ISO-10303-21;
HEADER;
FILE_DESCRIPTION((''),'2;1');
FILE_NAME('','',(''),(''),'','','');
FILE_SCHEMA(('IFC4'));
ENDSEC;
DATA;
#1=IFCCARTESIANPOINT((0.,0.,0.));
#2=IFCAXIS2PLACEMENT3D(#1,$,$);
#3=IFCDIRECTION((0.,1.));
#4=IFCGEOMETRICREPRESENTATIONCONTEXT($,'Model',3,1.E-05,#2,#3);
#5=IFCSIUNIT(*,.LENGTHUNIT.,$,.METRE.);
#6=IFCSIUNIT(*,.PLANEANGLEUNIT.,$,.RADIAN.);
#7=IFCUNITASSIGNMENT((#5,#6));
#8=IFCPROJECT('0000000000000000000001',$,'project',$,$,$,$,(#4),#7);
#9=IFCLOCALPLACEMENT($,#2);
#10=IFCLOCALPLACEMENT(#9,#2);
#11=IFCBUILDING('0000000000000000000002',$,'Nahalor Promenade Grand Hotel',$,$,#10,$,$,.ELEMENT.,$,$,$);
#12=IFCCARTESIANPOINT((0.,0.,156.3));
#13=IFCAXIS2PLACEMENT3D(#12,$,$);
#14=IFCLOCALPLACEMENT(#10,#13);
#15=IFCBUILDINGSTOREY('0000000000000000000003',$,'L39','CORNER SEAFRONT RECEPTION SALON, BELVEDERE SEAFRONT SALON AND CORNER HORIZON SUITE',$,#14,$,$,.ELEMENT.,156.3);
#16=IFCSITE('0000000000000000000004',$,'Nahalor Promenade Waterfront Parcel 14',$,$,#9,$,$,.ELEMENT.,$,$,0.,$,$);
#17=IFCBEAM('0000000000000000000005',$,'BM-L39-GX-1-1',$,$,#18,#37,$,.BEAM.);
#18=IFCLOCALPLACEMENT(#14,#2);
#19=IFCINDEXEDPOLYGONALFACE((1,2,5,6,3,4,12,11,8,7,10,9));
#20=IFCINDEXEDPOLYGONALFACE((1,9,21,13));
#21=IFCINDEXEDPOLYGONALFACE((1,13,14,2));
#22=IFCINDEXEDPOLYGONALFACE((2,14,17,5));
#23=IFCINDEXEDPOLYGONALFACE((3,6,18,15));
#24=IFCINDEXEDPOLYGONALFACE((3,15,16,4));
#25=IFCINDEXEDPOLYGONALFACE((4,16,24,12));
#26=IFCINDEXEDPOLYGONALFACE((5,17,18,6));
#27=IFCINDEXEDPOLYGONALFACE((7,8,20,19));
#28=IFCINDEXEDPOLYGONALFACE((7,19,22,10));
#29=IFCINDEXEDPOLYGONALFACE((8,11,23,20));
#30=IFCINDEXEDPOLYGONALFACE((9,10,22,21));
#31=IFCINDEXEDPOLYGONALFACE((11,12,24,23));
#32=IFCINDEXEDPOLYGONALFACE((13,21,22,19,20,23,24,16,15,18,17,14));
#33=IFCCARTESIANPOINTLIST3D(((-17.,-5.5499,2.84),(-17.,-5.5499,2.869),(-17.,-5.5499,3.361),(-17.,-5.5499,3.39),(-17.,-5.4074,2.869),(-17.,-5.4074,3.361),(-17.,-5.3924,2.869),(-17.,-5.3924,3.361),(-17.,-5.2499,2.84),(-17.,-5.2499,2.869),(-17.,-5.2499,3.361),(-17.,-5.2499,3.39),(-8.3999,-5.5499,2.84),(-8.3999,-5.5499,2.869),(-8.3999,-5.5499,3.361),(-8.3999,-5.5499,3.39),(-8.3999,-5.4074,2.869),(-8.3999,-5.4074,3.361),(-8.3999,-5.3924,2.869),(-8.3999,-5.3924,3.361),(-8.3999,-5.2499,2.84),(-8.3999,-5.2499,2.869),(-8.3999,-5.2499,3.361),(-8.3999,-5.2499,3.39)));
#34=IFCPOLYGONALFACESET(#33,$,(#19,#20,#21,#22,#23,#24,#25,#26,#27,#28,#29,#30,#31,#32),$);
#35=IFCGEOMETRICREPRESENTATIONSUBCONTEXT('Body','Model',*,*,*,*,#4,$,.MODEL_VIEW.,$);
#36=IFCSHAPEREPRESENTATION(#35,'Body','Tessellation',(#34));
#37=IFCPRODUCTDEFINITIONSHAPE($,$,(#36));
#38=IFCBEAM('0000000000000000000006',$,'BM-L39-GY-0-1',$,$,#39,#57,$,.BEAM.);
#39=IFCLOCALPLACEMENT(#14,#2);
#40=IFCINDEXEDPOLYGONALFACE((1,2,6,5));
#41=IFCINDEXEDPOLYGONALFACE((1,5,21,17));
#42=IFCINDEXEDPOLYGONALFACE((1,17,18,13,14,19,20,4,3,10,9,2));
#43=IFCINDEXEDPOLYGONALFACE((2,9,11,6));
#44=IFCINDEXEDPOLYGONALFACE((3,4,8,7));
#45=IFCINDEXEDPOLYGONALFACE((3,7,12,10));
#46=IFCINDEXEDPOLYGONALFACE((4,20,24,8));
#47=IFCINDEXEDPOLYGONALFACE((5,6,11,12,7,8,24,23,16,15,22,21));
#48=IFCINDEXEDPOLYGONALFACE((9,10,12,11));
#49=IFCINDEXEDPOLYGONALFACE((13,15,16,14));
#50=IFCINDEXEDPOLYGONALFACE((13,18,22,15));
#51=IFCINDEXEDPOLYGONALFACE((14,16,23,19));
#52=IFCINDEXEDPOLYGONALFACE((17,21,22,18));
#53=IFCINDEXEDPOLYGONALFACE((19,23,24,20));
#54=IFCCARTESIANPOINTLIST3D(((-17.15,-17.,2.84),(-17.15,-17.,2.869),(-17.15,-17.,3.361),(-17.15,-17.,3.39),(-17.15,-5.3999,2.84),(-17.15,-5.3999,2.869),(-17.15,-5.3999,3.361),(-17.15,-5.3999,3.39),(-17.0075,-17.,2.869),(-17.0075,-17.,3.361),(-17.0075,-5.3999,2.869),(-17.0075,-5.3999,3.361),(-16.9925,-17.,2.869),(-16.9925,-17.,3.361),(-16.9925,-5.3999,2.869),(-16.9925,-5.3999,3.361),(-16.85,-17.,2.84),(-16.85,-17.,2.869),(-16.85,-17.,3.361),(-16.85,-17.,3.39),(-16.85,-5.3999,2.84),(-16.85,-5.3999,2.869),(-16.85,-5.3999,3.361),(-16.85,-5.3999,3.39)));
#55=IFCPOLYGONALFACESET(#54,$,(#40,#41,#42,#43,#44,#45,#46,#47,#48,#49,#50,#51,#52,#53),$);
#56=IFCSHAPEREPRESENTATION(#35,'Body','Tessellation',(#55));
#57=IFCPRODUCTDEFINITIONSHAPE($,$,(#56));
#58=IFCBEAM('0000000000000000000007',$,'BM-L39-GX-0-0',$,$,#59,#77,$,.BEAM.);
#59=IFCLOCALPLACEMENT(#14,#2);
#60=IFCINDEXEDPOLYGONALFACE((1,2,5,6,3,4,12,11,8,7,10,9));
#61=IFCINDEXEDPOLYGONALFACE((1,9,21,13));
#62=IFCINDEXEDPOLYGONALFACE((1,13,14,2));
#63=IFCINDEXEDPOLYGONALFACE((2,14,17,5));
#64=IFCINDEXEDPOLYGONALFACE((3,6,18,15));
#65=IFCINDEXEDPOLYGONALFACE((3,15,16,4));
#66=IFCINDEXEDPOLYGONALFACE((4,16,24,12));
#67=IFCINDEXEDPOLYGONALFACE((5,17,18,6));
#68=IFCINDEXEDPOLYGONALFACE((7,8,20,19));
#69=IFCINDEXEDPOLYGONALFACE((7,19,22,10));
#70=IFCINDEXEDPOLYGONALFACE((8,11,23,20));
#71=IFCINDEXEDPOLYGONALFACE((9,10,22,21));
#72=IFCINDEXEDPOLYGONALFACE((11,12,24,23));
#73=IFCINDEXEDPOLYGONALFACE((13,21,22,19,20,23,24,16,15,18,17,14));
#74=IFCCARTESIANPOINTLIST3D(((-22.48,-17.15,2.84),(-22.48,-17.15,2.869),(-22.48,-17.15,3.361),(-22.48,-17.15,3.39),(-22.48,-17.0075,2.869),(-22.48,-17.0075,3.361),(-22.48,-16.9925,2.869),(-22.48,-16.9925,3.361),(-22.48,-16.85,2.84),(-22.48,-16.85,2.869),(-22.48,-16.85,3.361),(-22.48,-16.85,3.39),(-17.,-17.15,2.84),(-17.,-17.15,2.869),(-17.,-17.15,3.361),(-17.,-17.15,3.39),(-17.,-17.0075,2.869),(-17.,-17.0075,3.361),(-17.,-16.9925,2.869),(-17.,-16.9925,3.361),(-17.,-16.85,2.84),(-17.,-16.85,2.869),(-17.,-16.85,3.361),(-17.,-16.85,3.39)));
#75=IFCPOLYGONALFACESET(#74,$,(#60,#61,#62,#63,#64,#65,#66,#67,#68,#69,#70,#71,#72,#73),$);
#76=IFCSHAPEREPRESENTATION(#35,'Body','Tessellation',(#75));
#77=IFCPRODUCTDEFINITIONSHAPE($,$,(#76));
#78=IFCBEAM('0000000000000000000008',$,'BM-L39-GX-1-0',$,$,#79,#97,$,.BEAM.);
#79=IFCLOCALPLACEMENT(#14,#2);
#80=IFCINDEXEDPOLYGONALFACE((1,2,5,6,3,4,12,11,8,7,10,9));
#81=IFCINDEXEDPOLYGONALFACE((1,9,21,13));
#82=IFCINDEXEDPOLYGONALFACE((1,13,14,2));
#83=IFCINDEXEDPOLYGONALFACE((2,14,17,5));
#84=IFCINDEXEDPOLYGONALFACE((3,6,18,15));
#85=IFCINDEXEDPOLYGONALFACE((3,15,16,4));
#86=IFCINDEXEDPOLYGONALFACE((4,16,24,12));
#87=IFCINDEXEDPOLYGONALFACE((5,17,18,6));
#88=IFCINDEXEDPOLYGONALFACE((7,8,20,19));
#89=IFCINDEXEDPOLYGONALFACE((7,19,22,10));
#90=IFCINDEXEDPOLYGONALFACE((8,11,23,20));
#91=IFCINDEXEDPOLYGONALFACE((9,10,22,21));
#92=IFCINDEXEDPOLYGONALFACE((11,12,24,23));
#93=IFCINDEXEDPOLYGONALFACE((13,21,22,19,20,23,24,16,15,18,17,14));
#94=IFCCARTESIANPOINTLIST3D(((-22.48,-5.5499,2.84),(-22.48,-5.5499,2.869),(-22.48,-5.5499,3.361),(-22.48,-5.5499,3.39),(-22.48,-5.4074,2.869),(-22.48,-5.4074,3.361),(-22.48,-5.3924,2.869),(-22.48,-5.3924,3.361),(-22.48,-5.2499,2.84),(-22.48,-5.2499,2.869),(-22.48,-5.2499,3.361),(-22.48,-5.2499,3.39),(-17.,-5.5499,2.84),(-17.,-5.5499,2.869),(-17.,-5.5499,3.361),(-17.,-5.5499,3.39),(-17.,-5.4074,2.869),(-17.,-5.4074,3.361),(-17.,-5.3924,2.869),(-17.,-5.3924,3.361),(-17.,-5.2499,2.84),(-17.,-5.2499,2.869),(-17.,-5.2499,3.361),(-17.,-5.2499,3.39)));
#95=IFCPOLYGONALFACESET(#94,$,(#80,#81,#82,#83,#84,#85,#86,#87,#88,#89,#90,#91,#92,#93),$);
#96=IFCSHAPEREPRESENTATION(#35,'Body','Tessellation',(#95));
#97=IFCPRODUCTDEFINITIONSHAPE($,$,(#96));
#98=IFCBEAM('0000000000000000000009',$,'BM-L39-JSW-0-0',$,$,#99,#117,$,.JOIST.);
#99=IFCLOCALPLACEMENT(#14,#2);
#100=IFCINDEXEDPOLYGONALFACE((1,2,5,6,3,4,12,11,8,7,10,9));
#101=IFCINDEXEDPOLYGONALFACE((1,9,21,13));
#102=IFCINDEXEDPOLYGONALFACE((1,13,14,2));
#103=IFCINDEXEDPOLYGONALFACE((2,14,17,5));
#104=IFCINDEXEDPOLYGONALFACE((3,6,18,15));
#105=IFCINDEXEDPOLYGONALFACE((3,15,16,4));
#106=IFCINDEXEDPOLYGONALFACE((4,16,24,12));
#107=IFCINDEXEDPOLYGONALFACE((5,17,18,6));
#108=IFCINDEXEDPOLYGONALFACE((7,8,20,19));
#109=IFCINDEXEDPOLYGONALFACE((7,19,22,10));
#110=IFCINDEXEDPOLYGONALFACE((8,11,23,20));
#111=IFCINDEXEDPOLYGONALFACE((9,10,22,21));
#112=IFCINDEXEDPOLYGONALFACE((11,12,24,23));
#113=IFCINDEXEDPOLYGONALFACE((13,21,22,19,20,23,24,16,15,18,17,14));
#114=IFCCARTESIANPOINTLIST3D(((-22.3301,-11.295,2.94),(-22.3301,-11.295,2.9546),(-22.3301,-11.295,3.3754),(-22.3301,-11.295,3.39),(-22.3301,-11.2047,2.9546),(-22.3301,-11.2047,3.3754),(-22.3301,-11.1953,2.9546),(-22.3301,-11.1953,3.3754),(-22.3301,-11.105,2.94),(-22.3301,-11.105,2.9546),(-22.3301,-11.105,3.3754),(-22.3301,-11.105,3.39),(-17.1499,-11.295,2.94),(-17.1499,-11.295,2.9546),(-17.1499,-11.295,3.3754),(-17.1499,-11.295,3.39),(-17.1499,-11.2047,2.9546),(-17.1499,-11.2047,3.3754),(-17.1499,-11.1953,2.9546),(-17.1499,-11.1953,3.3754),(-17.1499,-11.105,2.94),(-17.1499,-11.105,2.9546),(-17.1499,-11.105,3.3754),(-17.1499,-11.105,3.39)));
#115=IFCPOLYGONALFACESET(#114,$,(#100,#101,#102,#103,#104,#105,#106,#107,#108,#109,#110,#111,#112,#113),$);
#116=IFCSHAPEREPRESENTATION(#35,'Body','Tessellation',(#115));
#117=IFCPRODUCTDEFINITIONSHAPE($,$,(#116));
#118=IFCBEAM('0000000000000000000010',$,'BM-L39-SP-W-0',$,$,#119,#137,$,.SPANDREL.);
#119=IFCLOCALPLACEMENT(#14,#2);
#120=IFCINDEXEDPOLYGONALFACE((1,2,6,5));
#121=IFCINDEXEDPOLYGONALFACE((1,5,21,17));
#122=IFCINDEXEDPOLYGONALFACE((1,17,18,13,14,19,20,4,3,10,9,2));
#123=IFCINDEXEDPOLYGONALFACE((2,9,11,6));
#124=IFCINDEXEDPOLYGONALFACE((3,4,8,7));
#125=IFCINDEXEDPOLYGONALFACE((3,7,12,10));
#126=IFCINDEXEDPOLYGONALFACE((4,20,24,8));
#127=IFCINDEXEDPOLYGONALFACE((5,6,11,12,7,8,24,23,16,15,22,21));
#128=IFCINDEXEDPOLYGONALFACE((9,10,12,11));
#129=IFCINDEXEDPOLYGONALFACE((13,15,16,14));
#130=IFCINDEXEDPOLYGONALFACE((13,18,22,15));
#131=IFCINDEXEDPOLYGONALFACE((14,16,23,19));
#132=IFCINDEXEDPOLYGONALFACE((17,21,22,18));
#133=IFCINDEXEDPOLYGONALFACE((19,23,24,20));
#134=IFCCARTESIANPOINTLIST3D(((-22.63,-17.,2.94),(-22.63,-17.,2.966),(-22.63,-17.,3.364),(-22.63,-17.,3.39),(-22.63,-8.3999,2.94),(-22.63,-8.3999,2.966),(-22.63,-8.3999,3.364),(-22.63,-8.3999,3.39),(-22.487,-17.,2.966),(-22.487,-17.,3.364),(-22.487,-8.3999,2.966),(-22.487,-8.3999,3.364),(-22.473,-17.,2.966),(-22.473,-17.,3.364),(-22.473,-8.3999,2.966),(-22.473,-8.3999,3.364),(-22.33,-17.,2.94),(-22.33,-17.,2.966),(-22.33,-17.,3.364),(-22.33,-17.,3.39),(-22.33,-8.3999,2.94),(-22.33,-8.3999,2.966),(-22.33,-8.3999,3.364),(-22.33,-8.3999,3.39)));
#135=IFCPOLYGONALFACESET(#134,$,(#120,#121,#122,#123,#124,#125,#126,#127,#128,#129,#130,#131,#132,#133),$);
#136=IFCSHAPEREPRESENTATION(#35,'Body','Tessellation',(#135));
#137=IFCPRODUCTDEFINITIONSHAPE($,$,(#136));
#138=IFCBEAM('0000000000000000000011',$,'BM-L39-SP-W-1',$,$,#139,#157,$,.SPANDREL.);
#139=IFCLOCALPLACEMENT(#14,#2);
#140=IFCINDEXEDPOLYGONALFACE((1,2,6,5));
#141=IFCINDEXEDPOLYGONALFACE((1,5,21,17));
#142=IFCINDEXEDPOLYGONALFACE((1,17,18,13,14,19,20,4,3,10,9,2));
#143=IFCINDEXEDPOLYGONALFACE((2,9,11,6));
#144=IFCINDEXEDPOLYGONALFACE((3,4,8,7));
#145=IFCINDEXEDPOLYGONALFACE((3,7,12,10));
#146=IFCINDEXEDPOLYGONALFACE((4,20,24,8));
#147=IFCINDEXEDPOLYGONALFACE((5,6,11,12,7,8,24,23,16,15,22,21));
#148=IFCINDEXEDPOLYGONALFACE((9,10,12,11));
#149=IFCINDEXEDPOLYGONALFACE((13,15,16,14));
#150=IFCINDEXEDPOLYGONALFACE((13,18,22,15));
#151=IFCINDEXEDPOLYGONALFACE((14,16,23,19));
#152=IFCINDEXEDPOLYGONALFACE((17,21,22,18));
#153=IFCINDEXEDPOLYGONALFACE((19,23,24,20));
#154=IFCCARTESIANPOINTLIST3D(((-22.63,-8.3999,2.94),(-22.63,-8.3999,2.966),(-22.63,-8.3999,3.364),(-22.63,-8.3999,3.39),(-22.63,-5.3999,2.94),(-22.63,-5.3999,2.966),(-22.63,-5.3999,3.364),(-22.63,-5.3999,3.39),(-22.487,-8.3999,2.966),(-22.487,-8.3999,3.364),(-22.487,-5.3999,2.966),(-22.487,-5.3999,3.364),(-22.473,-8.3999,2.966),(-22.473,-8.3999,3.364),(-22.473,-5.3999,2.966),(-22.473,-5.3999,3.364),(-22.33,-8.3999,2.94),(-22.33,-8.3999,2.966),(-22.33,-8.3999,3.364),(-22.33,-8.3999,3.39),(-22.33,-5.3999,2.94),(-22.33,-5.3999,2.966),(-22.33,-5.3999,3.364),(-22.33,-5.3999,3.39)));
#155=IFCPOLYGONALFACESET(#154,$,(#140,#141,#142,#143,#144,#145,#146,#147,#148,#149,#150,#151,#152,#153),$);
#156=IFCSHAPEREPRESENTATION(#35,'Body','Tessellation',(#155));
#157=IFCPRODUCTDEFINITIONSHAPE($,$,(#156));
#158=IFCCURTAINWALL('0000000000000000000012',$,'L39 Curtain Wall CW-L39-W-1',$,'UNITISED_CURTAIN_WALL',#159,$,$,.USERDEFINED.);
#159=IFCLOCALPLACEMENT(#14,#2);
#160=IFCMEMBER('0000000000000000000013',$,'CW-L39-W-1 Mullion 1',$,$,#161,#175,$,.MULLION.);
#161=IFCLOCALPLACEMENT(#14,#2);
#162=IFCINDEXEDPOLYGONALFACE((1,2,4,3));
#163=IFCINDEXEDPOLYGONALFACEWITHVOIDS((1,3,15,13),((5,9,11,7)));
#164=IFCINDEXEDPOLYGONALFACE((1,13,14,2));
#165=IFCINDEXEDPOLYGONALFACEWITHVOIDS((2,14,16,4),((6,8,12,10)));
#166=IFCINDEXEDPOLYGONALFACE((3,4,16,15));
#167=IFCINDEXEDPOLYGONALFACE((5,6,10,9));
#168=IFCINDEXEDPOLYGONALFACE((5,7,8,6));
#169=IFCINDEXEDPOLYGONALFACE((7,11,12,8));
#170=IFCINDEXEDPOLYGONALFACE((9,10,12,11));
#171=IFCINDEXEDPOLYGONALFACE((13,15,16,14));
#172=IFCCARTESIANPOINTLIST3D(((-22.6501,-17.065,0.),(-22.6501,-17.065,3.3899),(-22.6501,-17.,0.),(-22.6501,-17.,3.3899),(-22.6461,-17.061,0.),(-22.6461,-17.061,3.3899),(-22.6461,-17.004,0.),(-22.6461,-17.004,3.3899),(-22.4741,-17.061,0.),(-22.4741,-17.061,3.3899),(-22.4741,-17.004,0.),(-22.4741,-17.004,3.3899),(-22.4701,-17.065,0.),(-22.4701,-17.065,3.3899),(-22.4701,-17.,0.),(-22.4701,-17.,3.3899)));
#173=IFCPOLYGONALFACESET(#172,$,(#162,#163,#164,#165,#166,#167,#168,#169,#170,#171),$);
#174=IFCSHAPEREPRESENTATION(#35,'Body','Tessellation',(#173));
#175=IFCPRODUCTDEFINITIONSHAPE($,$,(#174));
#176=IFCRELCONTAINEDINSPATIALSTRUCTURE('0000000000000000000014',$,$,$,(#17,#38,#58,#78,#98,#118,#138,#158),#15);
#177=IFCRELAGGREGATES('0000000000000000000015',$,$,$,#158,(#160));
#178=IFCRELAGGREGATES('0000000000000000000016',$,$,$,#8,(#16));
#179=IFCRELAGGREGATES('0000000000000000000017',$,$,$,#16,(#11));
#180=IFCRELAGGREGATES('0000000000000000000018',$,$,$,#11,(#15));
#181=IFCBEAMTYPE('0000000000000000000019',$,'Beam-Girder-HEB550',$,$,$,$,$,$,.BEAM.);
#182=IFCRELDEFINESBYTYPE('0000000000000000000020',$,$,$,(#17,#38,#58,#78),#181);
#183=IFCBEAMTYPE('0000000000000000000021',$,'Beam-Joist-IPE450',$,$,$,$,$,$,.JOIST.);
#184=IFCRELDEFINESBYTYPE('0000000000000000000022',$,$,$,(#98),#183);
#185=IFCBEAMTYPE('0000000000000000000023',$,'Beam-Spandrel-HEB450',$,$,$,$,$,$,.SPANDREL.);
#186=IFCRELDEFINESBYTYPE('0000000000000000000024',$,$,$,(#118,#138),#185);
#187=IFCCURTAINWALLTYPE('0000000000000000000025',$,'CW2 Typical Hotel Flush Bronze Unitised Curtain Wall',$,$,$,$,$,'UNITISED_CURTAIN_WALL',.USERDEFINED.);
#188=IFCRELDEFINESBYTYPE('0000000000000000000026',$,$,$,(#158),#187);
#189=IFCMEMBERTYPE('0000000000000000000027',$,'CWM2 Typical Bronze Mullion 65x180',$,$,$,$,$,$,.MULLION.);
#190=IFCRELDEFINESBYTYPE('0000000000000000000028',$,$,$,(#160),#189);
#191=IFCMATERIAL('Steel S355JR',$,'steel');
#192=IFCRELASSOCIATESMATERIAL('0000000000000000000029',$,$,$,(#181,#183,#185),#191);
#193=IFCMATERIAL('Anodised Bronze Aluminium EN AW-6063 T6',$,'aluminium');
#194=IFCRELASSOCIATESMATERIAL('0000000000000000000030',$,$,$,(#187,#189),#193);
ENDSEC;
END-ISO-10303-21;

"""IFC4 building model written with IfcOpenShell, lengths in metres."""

from ifc_helpers import new_model, si_unit, direction, frame, origin, origin_2d, place, context, subcontext, project, spatial, hollow_rectangle, i_section, extrude, source, transform, mapped, material, material_profile, profile_set, type_object, element, aggregate, save


model = new_model("IFC4")

# Units and contexts
model_context = context("Model", 3, precision=1e-05, world=origin(), true_north=direction((0.0, 1.0)))
body_context = subcontext(model_context, "Body", "Model", "MODEL_VIEW")
ifc_project = project(units=[si_unit("LENGTHUNIT", "METRE"), si_unit("PLANEANGLEUNIT", "RADIAN")], contexts=[model_context])

# Site, building, storey
site_placement = place(None, origin())
site = spatial("IfcSite", under=ifc_project, at=site_placement, Name="Nahalor Promenade Waterfront Parcel 14", CompositionType="ELEMENT", RefElevation=0.0)
building_placement = place(site_placement, origin())
building = spatial("IfcBuilding", under=site, at=building_placement, Name="Nahalor Promenade Grand Hotel", CompositionType="ELEMENT")
storey_placement = place(building_placement, frame((0.0, 0.0, 156.3)))
storey = spatial("IfcBuildingStorey", under=building, at=storey_placement, Name="L39", Description="CORNER SEAFRONT RECEPTION SALON, BELVEDERE SEAFRONT SALON AND CORNER HORIZON SUITE", CompositionType="ELEMENT", Elevation=156.3)

# Beams
ifc_material_1 = material(Name="Steel S355JR", Category="steel")
ifc_material_profile_1 = material_profile(ifc_material_1, i_section(OverallWidth=0.3, OverallDepth=0.55, WebThickness=0.015, FlangeThickness=0.029, at=origin_2d()), Name="HEB 550")
ifc_profile_set_1 = profile_set([ifc_material_profile_1], Name="Steel S355JR")
beam_type_1 = type_object("IfcBeamType", Name="Beam-Girder-HEB550", PredefinedType="BEAM", material=ifc_profile_set_1)
shared_shape_1 = source(origin(), body_context, "Body", "SweptSolid", [
    extrude(i_section(OverallWidth=0.3, OverallDepth=0.55, WebThickness=0.015, FlangeThickness=0.029, at=origin_2d()), origin(), (0.0, 0.0, 1.0), 8.6001),
])
for number, where, z_axis, x_axis, name in (
    (1, (-17.0, -5.3999, 3.115), (1.0, 0.0, 0.0), (0.0, 1.0, 0.0), "BM-L39-GX-1-1"),
):
    element("IfcBeam", number, at=place(storey_placement, frame(where, z_axis=z_axis, x_axis=x_axis)), inside=storey, type_object=beam_type_1, Name=name, PredefinedType="BEAM", context=body_context, shape_type="MappedRepresentation", body=[
        mapped(shared_shape_1, transform((0.0, 0.0, 0.0), scale=1.0)),
    ])
shared_shape_2 = source(origin(), body_context, "Body", "SweptSolid", [
    extrude(i_section(OverallWidth=0.3, OverallDepth=0.55, WebThickness=0.015, FlangeThickness=0.029, at=origin_2d()), origin(), (0.0, 0.0, 1.0), 11.6001),
])
beam_1_placement = place(storey_placement, frame((-17.0, -17.0, 3.115), z_axis=(0.0, 1.0, 0.0), x_axis=(-1.0, 0.0, 0.0)))
element("IfcBeam", 2, at=beam_1_placement, inside=storey, type_object=beam_type_1, Name="BM-L39-GY-0-1", PredefinedType="BEAM", context=body_context, shape_type="MappedRepresentation", body=[
    mapped(shared_shape_2, transform((0.0, 0.0, 0.0), scale=1.0)),
])
shared_shape_3 = source(origin(), body_context, "Body", "SweptSolid", [
    extrude(i_section(OverallWidth=0.3, OverallDepth=0.55, WebThickness=0.015, FlangeThickness=0.029, at=origin_2d()), origin(), (0.0, 0.0, 1.0), 5.48),
])
for number, where, z_axis, x_axis, name in (
    (3, (-22.48, -17.0, 3.115), (1.0, 0.0, 0.0), (0.0, 1.0, 0.0), "BM-L39-GX-0-0"),
    (4, (-22.48, -5.3999, 3.115), (1.0, 0.0, 0.0), (0.0, 1.0, 0.0), "BM-L39-GX-1-0"),
):
    element("IfcBeam", number, at=place(storey_placement, frame(where, z_axis=z_axis, x_axis=x_axis)), inside=storey, type_object=beam_type_1, Name=name, PredefinedType="BEAM", context=body_context, shape_type="MappedRepresentation", body=[
        mapped(shared_shape_3, transform((0.0, 0.0, 0.0), scale=1.0)),
    ])
ifc_material_profile_2 = material_profile(ifc_material_1, i_section(OverallWidth=0.19, OverallDepth=0.45, WebThickness=0.0094, FlangeThickness=0.0146, at=origin_2d()), Name="IPE 450")
ifc_profile_set_2 = profile_set([ifc_material_profile_2], Name="Steel S355JR")
beam_type_2 = type_object("IfcBeamType", Name="Beam-Joist-IPE450", PredefinedType="JOIST", material=ifc_profile_set_2)
shared_shape_4 = source(origin(), body_context, "Body", "SweptSolid", [
    extrude(i_section(OverallWidth=0.19, OverallDepth=0.45, WebThickness=0.0094, FlangeThickness=0.0146, at=origin_2d()), origin(), (0.0, 0.0, 1.0), 5.1802),
])
beam_2_placement = place(storey_placement, frame((-22.3301, -11.2, 3.165), z_axis=(1.0, 0.0, 0.0), x_axis=(0.0, 1.0, 0.0)))
element("IfcBeam", 5, at=beam_2_placement, inside=storey, type_object=beam_type_2, Name="BM-L39-JSW-0-0", PredefinedType="JOIST", context=body_context, shape_type="MappedRepresentation", body=[
    mapped(shared_shape_4, transform((0.0, 0.0, 0.0), scale=1.0)),
])
ifc_material_profile_3 = material_profile(ifc_material_1, i_section(OverallWidth=0.3, OverallDepth=0.45, WebThickness=0.014, FlangeThickness=0.026, at=origin_2d()), Name="HEB 450")
ifc_profile_set_3 = profile_set([ifc_material_profile_3], Name="Steel S355JR")
beam_type_3 = type_object("IfcBeamType", Name="Beam-Spandrel-HEB450", PredefinedType="SPANDREL", material=ifc_profile_set_3)
shared_shape_5 = source(origin(), body_context, "Body", "SweptSolid", [
    extrude(i_section(OverallWidth=0.3, OverallDepth=0.45, WebThickness=0.014, FlangeThickness=0.026, at=origin_2d()), origin(), (0.0, 0.0, 1.0), 8.6001),
])
beam_3_placement = place(storey_placement, frame((-22.48, -17.0, 3.165), z_axis=(0.0, 1.0, 0.0), x_axis=(-1.0, 0.0, 0.0)))
element("IfcBeam", 6, at=beam_3_placement, inside=storey, type_object=beam_type_3, Name="BM-L39-SP-W-0", PredefinedType="SPANDREL", context=body_context, shape_type="MappedRepresentation", body=[
    mapped(shared_shape_5, transform((0.0, 0.0, 0.0), scale=1.0)),
])
shared_shape_6 = source(origin(), body_context, "Body", "SweptSolid", [
    extrude(i_section(OverallWidth=0.3, OverallDepth=0.45, WebThickness=0.014, FlangeThickness=0.026, at=origin_2d()), origin(), (0.0, 0.0, 1.0), 3.0),
])
beam_4_placement = place(storey_placement, frame((-22.48, -8.3999, 3.165), z_axis=(0.0, 1.0, 0.0), x_axis=(-1.0, 0.0, 0.0)))
element("IfcBeam", 7, at=beam_4_placement, inside=storey, type_object=beam_type_3, Name="BM-L39-SP-W-1", PredefinedType="SPANDREL", context=body_context, shape_type="MappedRepresentation", body=[
    mapped(shared_shape_6, transform((0.0, 0.0, 0.0), scale=1.0)),
])

# Curtain wall, member
ifc_material_2 = material(Name="Anodised Bronze Aluminium EN AW-6063 T6", Category="aluminium")
curtain_wall_type = type_object("IfcCurtainWallType", Name="CW2 Typical Hotel Flush Bronze Unitised Curtain Wall", ElementType="UNITISED_CURTAIN_WALL", PredefinedType="USERDEFINED", material=ifc_material_2)
curtain_wall_1_placement = place(storey_placement, origin())
curtain_wall_1 = element("IfcCurtainWall", 8, at=curtain_wall_1_placement, inside=storey, type_object=curtain_wall_type, Name="L39 Curtain Wall CW-L39-W-1", ObjectType="UNITISED_CURTAIN_WALL", PredefinedType="USERDEFINED")
ifc_material_profile_4 = material_profile(ifc_material_2, hollow_rectangle(XDim=0.065, YDim=0.18, WallThickness=0.004, at=origin_2d()), Name="CWM 65x180x4")
ifc_profile_set_4 = profile_set([ifc_material_profile_4], Name="Anodised Bronze Aluminium EN AW-6063 T6")
member_type_1 = type_object("IfcMemberType", Name="CWM2 Typical Bronze Mullion 65x180", PredefinedType="MULLION", material=ifc_profile_set_4)
shared_shape_7 = source(origin(), body_context, "Body", "SweptSolid", [
    extrude(hollow_rectangle(XDim=0.065, YDim=0.18, WallThickness=0.004, at=origin_2d()), origin(), (0.0, 0.0, 1.0), 3.3899),
])
member_1_placement = place(storey_placement, frame((-22.5601, -17.0325, 0.0), z_axis=(0.0, 0.0, 1.0), x_axis=(0.0, 1.0, 0.0)))
member_1 = element("IfcMember", 9, at=member_1_placement, type_object=member_type_1, Name="CW-L39-W-1 Mullion 1", PredefinedType="MULLION", context=body_context, shape_type="MappedRepresentation", body=[
    mapped(shared_shape_7, transform((0.0, 0.0, 0.0), scale=1.0)),
])

aggregate(curtain_wall_1, [member_1])

save(model, "model.ifc")
